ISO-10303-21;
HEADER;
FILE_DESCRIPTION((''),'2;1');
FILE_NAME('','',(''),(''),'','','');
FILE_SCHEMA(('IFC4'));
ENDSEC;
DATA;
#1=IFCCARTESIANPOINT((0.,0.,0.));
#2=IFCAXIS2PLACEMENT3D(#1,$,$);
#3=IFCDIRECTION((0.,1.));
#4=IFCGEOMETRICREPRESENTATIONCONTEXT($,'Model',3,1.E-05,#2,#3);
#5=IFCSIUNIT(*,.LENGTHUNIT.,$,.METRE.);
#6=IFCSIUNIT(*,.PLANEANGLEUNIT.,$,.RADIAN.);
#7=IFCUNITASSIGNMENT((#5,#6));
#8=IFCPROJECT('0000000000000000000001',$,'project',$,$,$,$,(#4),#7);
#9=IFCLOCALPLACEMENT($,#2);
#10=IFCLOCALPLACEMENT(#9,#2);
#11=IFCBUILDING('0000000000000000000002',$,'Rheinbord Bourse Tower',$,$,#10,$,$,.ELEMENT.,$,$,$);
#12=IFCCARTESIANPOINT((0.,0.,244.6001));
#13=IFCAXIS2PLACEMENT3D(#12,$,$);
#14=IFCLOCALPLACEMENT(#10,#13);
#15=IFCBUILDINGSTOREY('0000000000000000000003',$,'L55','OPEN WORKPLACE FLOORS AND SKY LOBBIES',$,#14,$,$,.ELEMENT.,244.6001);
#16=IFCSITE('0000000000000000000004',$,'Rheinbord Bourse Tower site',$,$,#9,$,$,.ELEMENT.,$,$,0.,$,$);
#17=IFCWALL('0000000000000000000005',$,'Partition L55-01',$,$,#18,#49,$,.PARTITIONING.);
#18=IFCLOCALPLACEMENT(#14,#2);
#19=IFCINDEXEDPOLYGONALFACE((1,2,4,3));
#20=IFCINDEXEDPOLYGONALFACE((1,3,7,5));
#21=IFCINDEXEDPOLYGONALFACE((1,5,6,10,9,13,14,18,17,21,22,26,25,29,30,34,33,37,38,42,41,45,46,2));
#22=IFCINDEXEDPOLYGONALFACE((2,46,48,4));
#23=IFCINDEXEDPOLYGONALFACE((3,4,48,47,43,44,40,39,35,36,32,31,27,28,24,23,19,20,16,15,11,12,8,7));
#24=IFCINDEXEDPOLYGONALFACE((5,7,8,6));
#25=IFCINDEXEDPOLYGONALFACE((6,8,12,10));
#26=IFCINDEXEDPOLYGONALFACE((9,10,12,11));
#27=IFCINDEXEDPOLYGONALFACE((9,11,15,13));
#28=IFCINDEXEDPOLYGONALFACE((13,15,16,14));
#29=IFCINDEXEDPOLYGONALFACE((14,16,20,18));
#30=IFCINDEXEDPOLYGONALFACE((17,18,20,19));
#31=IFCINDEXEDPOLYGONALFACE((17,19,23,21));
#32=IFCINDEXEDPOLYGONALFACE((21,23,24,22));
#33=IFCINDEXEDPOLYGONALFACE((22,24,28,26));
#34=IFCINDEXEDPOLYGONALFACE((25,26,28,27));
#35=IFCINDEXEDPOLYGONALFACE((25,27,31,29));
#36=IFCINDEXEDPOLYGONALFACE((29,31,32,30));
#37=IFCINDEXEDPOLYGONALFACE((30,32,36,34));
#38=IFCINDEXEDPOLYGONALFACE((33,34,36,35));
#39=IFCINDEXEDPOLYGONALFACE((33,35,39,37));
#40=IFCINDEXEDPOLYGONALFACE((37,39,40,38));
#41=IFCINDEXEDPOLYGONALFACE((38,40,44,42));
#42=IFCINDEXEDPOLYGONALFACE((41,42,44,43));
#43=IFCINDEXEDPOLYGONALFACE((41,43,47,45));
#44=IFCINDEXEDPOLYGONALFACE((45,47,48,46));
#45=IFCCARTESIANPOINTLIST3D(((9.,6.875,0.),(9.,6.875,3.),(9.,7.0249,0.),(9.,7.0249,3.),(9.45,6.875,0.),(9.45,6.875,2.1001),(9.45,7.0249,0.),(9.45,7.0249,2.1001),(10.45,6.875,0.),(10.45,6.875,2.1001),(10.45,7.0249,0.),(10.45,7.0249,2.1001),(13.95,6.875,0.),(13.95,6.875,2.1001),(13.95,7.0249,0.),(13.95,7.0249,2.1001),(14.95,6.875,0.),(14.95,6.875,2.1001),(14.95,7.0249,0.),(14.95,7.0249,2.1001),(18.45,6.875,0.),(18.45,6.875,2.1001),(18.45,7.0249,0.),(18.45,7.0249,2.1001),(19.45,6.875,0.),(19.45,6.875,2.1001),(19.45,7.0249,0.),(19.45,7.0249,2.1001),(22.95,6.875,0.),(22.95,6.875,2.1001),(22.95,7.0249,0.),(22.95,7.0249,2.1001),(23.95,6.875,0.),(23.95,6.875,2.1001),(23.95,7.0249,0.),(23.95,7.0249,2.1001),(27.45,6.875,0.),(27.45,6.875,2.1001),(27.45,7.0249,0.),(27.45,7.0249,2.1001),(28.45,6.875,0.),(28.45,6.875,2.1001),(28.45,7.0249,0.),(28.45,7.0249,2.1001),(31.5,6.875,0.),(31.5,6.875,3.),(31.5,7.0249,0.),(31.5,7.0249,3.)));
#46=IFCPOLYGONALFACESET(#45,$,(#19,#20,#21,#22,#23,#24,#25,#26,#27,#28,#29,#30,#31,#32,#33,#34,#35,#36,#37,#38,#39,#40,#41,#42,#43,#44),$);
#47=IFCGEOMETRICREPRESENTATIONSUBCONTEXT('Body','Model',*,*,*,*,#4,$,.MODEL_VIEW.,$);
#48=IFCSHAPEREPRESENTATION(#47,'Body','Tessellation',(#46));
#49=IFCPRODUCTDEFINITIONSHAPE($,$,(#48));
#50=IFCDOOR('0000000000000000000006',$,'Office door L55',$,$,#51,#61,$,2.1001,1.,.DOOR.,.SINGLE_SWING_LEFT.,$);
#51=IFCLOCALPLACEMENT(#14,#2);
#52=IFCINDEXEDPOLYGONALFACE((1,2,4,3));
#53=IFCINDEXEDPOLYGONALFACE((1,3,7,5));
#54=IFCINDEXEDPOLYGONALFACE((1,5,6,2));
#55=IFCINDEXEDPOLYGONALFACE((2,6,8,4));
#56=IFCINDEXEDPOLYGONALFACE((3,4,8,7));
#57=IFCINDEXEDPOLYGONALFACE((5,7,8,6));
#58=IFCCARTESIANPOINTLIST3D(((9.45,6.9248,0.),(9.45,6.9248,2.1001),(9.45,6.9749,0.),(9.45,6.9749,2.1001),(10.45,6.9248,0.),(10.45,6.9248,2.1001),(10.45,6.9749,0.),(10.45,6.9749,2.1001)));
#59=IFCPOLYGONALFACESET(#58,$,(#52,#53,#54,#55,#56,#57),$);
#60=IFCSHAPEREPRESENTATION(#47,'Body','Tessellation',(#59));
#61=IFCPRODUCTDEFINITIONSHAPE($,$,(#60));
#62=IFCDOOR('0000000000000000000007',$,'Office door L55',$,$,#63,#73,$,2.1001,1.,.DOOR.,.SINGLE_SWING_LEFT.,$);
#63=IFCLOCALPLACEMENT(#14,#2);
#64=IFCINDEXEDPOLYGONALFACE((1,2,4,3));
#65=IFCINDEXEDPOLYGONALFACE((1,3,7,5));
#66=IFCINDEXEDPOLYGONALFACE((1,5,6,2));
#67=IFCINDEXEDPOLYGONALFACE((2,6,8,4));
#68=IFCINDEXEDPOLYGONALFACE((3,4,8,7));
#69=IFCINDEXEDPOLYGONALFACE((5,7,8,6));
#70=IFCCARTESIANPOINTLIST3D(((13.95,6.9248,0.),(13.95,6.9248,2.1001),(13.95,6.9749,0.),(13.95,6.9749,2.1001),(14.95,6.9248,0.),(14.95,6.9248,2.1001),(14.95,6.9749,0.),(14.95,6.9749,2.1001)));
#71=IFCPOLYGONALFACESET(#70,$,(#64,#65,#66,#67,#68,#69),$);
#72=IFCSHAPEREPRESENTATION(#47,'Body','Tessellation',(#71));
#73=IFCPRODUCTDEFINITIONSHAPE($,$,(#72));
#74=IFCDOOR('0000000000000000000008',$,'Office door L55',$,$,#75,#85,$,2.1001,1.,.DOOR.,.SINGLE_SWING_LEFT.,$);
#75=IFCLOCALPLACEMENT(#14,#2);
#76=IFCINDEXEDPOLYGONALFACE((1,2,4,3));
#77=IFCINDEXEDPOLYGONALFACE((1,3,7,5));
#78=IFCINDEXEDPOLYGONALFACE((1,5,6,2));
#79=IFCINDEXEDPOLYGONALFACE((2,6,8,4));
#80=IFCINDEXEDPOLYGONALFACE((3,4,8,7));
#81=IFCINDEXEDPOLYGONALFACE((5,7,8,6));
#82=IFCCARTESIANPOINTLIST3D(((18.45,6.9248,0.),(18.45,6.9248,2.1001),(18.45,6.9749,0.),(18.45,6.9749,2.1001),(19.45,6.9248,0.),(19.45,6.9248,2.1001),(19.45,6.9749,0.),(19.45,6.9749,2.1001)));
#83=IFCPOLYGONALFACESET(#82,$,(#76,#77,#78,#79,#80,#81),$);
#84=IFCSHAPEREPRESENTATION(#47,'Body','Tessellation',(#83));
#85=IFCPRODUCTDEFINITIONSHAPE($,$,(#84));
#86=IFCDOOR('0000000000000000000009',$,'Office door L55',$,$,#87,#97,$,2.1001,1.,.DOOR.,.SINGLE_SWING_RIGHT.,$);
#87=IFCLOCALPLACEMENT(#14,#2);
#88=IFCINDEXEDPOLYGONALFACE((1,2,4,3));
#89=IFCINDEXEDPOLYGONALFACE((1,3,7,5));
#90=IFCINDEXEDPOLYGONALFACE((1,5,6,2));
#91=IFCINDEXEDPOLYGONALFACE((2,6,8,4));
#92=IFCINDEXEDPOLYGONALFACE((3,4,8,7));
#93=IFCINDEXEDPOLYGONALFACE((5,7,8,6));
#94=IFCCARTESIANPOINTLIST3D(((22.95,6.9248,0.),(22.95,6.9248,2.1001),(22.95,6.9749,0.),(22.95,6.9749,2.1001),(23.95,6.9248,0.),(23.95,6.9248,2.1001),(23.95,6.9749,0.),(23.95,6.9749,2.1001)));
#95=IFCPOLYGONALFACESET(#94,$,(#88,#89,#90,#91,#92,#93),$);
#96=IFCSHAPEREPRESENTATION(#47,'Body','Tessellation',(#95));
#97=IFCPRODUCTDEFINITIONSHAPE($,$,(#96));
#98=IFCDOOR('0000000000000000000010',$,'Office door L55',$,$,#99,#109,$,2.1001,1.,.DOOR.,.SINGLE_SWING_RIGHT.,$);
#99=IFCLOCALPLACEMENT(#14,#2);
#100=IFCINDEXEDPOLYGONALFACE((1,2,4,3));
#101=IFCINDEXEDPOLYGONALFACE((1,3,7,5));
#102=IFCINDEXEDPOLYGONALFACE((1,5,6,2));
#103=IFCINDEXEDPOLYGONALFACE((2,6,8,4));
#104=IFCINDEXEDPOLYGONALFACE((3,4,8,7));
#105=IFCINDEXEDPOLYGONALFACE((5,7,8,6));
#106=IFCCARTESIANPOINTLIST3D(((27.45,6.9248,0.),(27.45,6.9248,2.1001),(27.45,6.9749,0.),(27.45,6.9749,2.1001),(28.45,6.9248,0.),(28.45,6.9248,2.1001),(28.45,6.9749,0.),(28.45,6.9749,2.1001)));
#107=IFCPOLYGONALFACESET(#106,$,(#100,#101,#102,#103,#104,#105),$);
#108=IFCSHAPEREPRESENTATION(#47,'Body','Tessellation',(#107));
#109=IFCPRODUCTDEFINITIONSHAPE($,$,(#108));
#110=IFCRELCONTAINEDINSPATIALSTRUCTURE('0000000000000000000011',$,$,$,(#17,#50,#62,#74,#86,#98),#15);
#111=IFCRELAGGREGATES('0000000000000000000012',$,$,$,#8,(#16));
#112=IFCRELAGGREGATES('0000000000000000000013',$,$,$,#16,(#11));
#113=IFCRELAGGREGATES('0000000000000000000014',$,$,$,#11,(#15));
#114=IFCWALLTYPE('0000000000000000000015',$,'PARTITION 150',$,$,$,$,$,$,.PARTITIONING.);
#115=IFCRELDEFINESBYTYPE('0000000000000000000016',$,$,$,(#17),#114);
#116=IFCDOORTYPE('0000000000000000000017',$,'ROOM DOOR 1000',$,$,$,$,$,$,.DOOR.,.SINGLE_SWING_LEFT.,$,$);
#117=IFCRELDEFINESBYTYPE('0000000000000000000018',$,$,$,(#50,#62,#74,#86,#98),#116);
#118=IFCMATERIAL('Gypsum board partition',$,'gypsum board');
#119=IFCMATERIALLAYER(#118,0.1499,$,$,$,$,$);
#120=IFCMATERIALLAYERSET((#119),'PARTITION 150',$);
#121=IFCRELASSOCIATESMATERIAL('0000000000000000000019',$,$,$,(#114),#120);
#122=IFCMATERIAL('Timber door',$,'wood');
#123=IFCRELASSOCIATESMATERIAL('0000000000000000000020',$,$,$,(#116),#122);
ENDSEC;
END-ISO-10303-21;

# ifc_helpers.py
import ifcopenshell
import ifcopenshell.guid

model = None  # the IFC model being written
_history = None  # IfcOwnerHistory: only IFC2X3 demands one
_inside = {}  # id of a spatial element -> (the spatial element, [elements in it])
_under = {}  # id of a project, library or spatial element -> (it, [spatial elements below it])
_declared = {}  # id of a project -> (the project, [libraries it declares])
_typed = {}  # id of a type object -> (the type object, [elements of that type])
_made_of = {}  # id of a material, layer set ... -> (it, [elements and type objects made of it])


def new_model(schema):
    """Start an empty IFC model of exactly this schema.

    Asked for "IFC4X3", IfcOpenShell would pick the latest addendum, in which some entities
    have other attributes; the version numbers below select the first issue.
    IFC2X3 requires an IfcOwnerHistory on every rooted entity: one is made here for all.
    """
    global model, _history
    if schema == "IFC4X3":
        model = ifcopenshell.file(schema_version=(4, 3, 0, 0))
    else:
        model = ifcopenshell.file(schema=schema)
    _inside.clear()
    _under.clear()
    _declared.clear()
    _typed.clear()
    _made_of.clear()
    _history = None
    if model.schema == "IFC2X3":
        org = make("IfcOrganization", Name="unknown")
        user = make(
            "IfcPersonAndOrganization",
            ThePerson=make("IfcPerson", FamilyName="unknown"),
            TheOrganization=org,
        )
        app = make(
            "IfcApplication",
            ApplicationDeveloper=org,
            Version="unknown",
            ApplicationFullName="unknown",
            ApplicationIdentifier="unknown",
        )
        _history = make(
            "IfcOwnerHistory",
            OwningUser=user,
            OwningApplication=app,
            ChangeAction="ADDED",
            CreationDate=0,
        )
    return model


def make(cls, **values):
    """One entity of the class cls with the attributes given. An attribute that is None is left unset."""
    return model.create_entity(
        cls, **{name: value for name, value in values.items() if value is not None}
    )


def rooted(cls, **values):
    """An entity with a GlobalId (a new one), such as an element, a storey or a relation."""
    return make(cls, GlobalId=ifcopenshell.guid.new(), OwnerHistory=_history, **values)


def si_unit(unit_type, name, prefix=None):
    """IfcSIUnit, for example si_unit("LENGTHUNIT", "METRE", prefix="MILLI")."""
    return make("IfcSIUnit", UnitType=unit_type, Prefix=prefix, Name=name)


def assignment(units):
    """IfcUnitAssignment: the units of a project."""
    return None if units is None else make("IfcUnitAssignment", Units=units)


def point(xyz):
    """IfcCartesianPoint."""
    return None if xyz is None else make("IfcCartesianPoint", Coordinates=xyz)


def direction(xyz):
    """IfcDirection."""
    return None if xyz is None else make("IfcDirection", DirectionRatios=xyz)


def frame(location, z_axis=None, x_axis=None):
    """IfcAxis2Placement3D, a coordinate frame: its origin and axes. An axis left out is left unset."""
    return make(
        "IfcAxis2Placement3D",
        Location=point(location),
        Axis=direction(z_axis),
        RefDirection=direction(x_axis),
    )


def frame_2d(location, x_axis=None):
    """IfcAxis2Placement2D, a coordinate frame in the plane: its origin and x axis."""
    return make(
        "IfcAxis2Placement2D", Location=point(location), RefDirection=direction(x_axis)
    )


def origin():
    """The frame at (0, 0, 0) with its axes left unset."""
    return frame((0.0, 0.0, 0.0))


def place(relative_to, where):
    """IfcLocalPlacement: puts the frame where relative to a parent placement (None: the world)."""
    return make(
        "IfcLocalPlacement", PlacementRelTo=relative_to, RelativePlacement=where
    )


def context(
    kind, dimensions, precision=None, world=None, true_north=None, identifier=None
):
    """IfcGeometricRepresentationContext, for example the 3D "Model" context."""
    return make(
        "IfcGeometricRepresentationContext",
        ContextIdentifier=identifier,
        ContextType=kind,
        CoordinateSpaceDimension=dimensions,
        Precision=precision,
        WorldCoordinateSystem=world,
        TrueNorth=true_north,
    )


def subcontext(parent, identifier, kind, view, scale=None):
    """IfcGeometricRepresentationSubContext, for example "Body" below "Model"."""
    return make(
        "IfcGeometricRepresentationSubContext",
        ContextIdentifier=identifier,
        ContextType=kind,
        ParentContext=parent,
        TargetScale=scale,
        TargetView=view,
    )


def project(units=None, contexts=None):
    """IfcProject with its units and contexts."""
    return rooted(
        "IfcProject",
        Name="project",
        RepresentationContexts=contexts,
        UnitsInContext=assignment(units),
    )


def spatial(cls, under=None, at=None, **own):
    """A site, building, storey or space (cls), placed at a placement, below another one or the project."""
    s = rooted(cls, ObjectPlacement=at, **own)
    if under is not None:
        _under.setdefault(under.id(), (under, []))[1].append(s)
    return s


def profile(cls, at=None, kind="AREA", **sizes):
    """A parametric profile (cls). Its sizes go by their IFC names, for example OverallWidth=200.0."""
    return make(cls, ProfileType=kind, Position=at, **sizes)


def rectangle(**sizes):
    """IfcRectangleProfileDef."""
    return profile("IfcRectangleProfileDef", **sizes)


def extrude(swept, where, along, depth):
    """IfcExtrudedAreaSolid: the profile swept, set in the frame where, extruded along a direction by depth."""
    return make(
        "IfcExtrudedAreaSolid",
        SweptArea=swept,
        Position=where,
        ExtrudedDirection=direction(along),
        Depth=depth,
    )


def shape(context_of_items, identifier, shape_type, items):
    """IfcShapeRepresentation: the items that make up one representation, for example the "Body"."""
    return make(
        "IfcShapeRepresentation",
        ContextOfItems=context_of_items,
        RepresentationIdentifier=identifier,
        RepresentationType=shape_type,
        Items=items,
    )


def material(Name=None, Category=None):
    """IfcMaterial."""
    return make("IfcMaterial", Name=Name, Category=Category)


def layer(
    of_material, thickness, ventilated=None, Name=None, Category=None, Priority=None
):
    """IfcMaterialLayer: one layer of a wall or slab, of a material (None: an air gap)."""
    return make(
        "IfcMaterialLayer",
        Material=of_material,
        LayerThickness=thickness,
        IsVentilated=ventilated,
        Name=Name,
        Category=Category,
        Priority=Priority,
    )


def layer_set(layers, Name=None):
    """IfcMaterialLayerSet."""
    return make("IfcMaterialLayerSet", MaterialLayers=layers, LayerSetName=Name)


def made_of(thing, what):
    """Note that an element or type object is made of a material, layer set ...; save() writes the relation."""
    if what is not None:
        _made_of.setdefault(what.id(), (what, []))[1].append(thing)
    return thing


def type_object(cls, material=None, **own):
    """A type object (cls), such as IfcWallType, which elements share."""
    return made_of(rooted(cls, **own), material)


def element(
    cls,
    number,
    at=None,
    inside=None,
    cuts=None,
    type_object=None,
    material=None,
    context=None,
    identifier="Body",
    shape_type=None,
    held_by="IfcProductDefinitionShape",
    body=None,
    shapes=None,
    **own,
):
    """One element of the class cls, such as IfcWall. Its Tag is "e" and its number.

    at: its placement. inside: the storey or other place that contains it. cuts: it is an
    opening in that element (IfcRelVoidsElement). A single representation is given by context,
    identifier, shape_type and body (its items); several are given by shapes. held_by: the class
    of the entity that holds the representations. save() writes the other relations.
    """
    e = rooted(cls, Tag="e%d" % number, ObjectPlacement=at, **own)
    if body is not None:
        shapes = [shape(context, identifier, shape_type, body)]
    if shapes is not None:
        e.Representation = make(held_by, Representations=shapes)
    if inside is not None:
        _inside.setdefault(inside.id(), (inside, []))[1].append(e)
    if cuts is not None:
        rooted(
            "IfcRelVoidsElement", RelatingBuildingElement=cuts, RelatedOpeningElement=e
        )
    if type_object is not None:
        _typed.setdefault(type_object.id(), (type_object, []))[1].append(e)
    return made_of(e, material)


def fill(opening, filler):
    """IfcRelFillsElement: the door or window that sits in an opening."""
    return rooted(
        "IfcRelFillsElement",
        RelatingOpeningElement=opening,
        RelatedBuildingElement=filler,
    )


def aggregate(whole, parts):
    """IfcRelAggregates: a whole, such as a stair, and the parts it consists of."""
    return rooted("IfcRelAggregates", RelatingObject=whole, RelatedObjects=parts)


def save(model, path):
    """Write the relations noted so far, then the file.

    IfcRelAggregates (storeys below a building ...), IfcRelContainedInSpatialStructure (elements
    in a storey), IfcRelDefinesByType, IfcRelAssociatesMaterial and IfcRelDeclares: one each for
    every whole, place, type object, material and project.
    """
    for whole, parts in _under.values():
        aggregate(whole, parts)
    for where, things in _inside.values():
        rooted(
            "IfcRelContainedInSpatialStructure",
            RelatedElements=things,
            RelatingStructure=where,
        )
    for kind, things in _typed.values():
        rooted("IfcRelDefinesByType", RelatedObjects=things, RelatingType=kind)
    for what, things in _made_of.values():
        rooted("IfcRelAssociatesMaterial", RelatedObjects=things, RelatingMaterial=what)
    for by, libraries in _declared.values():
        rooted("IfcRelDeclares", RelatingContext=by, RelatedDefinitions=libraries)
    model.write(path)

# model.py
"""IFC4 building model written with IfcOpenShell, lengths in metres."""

from ifc_helpers import new_model, si_unit, direction, frame, frame_2d, origin, place, context, subcontext, project, spatial, rectangle, extrude, material, layer, layer_set, type_object, element, fill, save


model = new_model("IFC4")

# Units and contexts
model_context = context("Model", 3, precision=1e-05, world=origin(), true_north=direction((0.0, 1.0)))
body_context = subcontext(model_context, "Body", "Model", "MODEL_VIEW")
ifc_project = project(units=[si_unit("LENGTHUNIT", "METRE"), si_unit("PLANEANGLEUNIT", "RADIAN")], contexts=[model_context])

# Site, building, storey
site_placement = place(None, origin())
site = spatial("IfcSite", under=ifc_project, at=site_placement, Name="Rheinbord Bourse Tower site", CompositionType="ELEMENT", RefElevation=0.0)
building_placement = place(site_placement, origin())
building = spatial("IfcBuilding", under=site, at=building_placement, Name="Rheinbord Bourse Tower", CompositionType="ELEMENT")
storey_placement = place(building_placement, frame((0.0, 0.0, 244.6001)))
storey = spatial("IfcBuildingStorey", under=building, at=storey_placement, Name="L55", Description="OPEN WORKPLACE FLOORS AND SKY LOBBIES", CompositionType="ELEMENT", Elevation=244.6001)

# Wall, openings, doors
ifc_material_1 = material(Name="Gypsum board partition", Category="gypsum board")
ifc_layer_1 = layer(ifc_material_1, 0.1499)
ifc_layer_set_1 = layer_set([ifc_layer_1], Name="PARTITION 150")
wall_type = type_object("IfcWallType", Name="PARTITION 150", PredefinedType="PARTITIONING", material=ifc_layer_set_1)
wall_placement = place(storey_placement, frame((9.0, 6.95, 0.0), z_axis=(0.0, 0.0, 1.0), x_axis=(1.0, 0.0, 0.0)))
wall = element("IfcWall", 1, at=wall_placement, inside=storey, type_object=wall_type, Name="Partition L55-01", PredefinedType="PARTITIONING", context=body_context, shape_type="SweptSolid", body=[
    extrude(rectangle(XDim=22.5, YDim=0.1499, at=frame_2d((11.25, 0.0))), origin(), (0.0, 0.0, 1.0), 3.0),
])
opening_1_placement = place(wall_placement, frame((0.45, 0.0, 0.0)))
opening_1 = element("IfcOpeningElement", 2, at=opening_1_placement, cuts=wall, PredefinedType="OPENING", context=body_context, shape_type="SweptSolid", body=[
    extrude(rectangle(XDim=1.0, YDim=2.1001, at=frame_2d((0.5, 1.05))), frame((0.0, 0.085, 0.0), z_axis=(0.0, -1.0, 0.0), x_axis=(1.0, 0.0, 0.0)), (0.0, 0.0, 1.0), 0.1699),
])
opening_2_placement = place(wall_placement, frame((4.95, 0.0, 0.0)))
opening_2 = element("IfcOpeningElement", 3, at=opening_2_placement, cuts=wall, PredefinedType="OPENING", context=body_context, shape_type="SweptSolid", body=[
    extrude(rectangle(XDim=1.0, YDim=2.1001, at=frame_2d((0.5, 1.05))), frame((0.0, 0.085, 0.0), z_axis=(0.0, -1.0, 0.0), x_axis=(1.0, 0.0, 0.0)), (0.0, 0.0, 1.0), 0.1699),
])
opening_3_placement = place(wall_placement, frame((9.45, 0.0, 0.0)))
opening_3 = element("IfcOpeningElement", 4, at=opening_3_placement, cuts=wall, PredefinedType="OPENING", context=body_context, shape_type="SweptSolid", body=[
    extrude(rectangle(XDim=1.0, YDim=2.1001, at=frame_2d((0.5, 1.05))), frame((0.0, 0.085, 0.0), z_axis=(0.0, -1.0, 0.0), x_axis=(1.0, 0.0, 0.0)), (0.0, 0.0, 1.0), 0.1699),
])
opening_4_placement = place(wall_placement, frame((13.95, 0.0, 0.0)))
opening_4 = element("IfcOpeningElement", 5, at=opening_4_placement, cuts=wall, PredefinedType="OPENING", context=body_context, shape_type="SweptSolid", body=[
    extrude(rectangle(XDim=1.0, YDim=2.1001, at=frame_2d((0.5, 1.05))), frame((0.0, 0.085, 0.0), z_axis=(0.0, -1.0, 0.0), x_axis=(1.0, 0.0, 0.0)), (0.0, 0.0, 1.0), 0.1699),
])
opening_5_placement = place(wall_placement, frame((18.45, 0.0, 0.0)))
opening_5 = element("IfcOpeningElement", 6, at=opening_5_placement, cuts=wall, PredefinedType="OPENING", context=body_context, shape_type="SweptSolid", body=[
    extrude(rectangle(XDim=1.0, YDim=2.1001, at=frame_2d((0.5, 1.05))), frame((0.0, 0.085, 0.0), z_axis=(0.0, -1.0, 0.0), x_axis=(1.0, 0.0, 0.0)), (0.0, 0.0, 1.0), 0.1699),
])
ifc_material_2 = material(Name="Timber door", Category="wood")
door_type = type_object("IfcDoorType", Name="ROOM DOOR 1000", OperationType="SINGLE_SWING_LEFT", PredefinedType="DOOR", material=ifc_material_2)
door_1_placement = place(opening_1_placement, origin())
door_1 = element("IfcDoor", 7, at=door_1_placement, inside=storey, type_object=door_type, Name="Office door L55", OperationType="SINGLE_SWING_LEFT", OverallHeight=2.1001, OverallWidth=1.0, PredefinedType="DOOR", context=body_context, shape_type="SweptSolid", body=[
    extrude(rectangle(XDim=1.0, YDim=2.1001, at=frame_2d((0.5, 1.05))), frame((0.0, 0.0249, 0.0), z_axis=(0.0, -1.0, 0.0), x_axis=(1.0, 0.0, 0.0)), (0.0, 0.0, 1.0), 0.05),
])
fill(opening_1, door_1)
door_2_placement = place(opening_2_placement, origin())
door_2 = element("IfcDoor", 8, at=door_2_placement, inside=storey, type_object=door_type, Name="Office door L55", OperationType="SINGLE_SWING_LEFT", OverallHeight=2.1001, OverallWidth=1.0, PredefinedType="DOOR", context=body_context, shape_type="SweptSolid", body=[
    extrude(rectangle(XDim=1.0, YDim=2.1001, at=frame_2d((0.5, 1.05))), frame((0.0, 0.0249, 0.0), z_axis=(0.0, -1.0, 0.0), x_axis=(1.0, 0.0, 0.0)), (0.0, 0.0, 1.0), 0.05),
])
fill(opening_2, door_2)
door_3_placement = place(opening_3_placement, origin())
door_3 = element("IfcDoor", 9, at=door_3_placement, inside=storey, type_object=door_type, Name="Office door L55", OperationType="SINGLE_SWING_LEFT", OverallHeight=2.1001, OverallWidth=1.0, PredefinedType="DOOR", context=body_context, shape_type="SweptSolid", body=[
    extrude(rectangle(XDim=1.0, YDim=2.1001, at=frame_2d((0.5, 1.05))), frame((0.0, 0.0249, 0.0), z_axis=(0.0, -1.0, 0.0), x_axis=(1.0, 0.0, 0.0)), (0.0, 0.0, 1.0), 0.05),
])
fill(opening_3, door_3)
door_4_placement = place(opening_4_placement, origin())
door_4 = element("IfcDoor", 10, at=door_4_placement, inside=storey, type_object=door_type, Name="Office door L55", OperationType="SINGLE_SWING_RIGHT", OverallHeight=2.1001, OverallWidth=1.0, PredefinedType="DOOR", context=body_context, shape_type="SweptSolid", body=[
    extrude(rectangle(XDim=1.0, YDim=2.1001, at=frame_2d((0.5, 1.05))), frame((0.0, 0.0249, 0.0), z_axis=(0.0, -1.0, 0.0), x_axis=(1.0, 0.0, 0.0)), (0.0, 0.0, 1.0), 0.05),
])
fill(opening_4, door_4)
door_5_placement = place(opening_5_placement, origin())
door_5 = element("IfcDoor", 11, at=door_5_placement, inside=storey, type_object=door_type, Name="Office door L55", OperationType="SINGLE_SWING_RIGHT", OverallHeight=2.1001, OverallWidth=1.0, PredefinedType="DOOR", context=body_context, shape_type="SweptSolid", body=[
    extrude(rectangle(XDim=1.0, YDim=2.1001, at=frame_2d((0.5, 1.05))), frame((0.0, 0.0249, 0.0), z_axis=(0.0, -1.0, 0.0), x_axis=(1.0, 0.0, 0.0)), (0.0, 0.0, 1.0), 0.05),
])
fill(opening_5, door_5)

save(model, "model.ifc")
